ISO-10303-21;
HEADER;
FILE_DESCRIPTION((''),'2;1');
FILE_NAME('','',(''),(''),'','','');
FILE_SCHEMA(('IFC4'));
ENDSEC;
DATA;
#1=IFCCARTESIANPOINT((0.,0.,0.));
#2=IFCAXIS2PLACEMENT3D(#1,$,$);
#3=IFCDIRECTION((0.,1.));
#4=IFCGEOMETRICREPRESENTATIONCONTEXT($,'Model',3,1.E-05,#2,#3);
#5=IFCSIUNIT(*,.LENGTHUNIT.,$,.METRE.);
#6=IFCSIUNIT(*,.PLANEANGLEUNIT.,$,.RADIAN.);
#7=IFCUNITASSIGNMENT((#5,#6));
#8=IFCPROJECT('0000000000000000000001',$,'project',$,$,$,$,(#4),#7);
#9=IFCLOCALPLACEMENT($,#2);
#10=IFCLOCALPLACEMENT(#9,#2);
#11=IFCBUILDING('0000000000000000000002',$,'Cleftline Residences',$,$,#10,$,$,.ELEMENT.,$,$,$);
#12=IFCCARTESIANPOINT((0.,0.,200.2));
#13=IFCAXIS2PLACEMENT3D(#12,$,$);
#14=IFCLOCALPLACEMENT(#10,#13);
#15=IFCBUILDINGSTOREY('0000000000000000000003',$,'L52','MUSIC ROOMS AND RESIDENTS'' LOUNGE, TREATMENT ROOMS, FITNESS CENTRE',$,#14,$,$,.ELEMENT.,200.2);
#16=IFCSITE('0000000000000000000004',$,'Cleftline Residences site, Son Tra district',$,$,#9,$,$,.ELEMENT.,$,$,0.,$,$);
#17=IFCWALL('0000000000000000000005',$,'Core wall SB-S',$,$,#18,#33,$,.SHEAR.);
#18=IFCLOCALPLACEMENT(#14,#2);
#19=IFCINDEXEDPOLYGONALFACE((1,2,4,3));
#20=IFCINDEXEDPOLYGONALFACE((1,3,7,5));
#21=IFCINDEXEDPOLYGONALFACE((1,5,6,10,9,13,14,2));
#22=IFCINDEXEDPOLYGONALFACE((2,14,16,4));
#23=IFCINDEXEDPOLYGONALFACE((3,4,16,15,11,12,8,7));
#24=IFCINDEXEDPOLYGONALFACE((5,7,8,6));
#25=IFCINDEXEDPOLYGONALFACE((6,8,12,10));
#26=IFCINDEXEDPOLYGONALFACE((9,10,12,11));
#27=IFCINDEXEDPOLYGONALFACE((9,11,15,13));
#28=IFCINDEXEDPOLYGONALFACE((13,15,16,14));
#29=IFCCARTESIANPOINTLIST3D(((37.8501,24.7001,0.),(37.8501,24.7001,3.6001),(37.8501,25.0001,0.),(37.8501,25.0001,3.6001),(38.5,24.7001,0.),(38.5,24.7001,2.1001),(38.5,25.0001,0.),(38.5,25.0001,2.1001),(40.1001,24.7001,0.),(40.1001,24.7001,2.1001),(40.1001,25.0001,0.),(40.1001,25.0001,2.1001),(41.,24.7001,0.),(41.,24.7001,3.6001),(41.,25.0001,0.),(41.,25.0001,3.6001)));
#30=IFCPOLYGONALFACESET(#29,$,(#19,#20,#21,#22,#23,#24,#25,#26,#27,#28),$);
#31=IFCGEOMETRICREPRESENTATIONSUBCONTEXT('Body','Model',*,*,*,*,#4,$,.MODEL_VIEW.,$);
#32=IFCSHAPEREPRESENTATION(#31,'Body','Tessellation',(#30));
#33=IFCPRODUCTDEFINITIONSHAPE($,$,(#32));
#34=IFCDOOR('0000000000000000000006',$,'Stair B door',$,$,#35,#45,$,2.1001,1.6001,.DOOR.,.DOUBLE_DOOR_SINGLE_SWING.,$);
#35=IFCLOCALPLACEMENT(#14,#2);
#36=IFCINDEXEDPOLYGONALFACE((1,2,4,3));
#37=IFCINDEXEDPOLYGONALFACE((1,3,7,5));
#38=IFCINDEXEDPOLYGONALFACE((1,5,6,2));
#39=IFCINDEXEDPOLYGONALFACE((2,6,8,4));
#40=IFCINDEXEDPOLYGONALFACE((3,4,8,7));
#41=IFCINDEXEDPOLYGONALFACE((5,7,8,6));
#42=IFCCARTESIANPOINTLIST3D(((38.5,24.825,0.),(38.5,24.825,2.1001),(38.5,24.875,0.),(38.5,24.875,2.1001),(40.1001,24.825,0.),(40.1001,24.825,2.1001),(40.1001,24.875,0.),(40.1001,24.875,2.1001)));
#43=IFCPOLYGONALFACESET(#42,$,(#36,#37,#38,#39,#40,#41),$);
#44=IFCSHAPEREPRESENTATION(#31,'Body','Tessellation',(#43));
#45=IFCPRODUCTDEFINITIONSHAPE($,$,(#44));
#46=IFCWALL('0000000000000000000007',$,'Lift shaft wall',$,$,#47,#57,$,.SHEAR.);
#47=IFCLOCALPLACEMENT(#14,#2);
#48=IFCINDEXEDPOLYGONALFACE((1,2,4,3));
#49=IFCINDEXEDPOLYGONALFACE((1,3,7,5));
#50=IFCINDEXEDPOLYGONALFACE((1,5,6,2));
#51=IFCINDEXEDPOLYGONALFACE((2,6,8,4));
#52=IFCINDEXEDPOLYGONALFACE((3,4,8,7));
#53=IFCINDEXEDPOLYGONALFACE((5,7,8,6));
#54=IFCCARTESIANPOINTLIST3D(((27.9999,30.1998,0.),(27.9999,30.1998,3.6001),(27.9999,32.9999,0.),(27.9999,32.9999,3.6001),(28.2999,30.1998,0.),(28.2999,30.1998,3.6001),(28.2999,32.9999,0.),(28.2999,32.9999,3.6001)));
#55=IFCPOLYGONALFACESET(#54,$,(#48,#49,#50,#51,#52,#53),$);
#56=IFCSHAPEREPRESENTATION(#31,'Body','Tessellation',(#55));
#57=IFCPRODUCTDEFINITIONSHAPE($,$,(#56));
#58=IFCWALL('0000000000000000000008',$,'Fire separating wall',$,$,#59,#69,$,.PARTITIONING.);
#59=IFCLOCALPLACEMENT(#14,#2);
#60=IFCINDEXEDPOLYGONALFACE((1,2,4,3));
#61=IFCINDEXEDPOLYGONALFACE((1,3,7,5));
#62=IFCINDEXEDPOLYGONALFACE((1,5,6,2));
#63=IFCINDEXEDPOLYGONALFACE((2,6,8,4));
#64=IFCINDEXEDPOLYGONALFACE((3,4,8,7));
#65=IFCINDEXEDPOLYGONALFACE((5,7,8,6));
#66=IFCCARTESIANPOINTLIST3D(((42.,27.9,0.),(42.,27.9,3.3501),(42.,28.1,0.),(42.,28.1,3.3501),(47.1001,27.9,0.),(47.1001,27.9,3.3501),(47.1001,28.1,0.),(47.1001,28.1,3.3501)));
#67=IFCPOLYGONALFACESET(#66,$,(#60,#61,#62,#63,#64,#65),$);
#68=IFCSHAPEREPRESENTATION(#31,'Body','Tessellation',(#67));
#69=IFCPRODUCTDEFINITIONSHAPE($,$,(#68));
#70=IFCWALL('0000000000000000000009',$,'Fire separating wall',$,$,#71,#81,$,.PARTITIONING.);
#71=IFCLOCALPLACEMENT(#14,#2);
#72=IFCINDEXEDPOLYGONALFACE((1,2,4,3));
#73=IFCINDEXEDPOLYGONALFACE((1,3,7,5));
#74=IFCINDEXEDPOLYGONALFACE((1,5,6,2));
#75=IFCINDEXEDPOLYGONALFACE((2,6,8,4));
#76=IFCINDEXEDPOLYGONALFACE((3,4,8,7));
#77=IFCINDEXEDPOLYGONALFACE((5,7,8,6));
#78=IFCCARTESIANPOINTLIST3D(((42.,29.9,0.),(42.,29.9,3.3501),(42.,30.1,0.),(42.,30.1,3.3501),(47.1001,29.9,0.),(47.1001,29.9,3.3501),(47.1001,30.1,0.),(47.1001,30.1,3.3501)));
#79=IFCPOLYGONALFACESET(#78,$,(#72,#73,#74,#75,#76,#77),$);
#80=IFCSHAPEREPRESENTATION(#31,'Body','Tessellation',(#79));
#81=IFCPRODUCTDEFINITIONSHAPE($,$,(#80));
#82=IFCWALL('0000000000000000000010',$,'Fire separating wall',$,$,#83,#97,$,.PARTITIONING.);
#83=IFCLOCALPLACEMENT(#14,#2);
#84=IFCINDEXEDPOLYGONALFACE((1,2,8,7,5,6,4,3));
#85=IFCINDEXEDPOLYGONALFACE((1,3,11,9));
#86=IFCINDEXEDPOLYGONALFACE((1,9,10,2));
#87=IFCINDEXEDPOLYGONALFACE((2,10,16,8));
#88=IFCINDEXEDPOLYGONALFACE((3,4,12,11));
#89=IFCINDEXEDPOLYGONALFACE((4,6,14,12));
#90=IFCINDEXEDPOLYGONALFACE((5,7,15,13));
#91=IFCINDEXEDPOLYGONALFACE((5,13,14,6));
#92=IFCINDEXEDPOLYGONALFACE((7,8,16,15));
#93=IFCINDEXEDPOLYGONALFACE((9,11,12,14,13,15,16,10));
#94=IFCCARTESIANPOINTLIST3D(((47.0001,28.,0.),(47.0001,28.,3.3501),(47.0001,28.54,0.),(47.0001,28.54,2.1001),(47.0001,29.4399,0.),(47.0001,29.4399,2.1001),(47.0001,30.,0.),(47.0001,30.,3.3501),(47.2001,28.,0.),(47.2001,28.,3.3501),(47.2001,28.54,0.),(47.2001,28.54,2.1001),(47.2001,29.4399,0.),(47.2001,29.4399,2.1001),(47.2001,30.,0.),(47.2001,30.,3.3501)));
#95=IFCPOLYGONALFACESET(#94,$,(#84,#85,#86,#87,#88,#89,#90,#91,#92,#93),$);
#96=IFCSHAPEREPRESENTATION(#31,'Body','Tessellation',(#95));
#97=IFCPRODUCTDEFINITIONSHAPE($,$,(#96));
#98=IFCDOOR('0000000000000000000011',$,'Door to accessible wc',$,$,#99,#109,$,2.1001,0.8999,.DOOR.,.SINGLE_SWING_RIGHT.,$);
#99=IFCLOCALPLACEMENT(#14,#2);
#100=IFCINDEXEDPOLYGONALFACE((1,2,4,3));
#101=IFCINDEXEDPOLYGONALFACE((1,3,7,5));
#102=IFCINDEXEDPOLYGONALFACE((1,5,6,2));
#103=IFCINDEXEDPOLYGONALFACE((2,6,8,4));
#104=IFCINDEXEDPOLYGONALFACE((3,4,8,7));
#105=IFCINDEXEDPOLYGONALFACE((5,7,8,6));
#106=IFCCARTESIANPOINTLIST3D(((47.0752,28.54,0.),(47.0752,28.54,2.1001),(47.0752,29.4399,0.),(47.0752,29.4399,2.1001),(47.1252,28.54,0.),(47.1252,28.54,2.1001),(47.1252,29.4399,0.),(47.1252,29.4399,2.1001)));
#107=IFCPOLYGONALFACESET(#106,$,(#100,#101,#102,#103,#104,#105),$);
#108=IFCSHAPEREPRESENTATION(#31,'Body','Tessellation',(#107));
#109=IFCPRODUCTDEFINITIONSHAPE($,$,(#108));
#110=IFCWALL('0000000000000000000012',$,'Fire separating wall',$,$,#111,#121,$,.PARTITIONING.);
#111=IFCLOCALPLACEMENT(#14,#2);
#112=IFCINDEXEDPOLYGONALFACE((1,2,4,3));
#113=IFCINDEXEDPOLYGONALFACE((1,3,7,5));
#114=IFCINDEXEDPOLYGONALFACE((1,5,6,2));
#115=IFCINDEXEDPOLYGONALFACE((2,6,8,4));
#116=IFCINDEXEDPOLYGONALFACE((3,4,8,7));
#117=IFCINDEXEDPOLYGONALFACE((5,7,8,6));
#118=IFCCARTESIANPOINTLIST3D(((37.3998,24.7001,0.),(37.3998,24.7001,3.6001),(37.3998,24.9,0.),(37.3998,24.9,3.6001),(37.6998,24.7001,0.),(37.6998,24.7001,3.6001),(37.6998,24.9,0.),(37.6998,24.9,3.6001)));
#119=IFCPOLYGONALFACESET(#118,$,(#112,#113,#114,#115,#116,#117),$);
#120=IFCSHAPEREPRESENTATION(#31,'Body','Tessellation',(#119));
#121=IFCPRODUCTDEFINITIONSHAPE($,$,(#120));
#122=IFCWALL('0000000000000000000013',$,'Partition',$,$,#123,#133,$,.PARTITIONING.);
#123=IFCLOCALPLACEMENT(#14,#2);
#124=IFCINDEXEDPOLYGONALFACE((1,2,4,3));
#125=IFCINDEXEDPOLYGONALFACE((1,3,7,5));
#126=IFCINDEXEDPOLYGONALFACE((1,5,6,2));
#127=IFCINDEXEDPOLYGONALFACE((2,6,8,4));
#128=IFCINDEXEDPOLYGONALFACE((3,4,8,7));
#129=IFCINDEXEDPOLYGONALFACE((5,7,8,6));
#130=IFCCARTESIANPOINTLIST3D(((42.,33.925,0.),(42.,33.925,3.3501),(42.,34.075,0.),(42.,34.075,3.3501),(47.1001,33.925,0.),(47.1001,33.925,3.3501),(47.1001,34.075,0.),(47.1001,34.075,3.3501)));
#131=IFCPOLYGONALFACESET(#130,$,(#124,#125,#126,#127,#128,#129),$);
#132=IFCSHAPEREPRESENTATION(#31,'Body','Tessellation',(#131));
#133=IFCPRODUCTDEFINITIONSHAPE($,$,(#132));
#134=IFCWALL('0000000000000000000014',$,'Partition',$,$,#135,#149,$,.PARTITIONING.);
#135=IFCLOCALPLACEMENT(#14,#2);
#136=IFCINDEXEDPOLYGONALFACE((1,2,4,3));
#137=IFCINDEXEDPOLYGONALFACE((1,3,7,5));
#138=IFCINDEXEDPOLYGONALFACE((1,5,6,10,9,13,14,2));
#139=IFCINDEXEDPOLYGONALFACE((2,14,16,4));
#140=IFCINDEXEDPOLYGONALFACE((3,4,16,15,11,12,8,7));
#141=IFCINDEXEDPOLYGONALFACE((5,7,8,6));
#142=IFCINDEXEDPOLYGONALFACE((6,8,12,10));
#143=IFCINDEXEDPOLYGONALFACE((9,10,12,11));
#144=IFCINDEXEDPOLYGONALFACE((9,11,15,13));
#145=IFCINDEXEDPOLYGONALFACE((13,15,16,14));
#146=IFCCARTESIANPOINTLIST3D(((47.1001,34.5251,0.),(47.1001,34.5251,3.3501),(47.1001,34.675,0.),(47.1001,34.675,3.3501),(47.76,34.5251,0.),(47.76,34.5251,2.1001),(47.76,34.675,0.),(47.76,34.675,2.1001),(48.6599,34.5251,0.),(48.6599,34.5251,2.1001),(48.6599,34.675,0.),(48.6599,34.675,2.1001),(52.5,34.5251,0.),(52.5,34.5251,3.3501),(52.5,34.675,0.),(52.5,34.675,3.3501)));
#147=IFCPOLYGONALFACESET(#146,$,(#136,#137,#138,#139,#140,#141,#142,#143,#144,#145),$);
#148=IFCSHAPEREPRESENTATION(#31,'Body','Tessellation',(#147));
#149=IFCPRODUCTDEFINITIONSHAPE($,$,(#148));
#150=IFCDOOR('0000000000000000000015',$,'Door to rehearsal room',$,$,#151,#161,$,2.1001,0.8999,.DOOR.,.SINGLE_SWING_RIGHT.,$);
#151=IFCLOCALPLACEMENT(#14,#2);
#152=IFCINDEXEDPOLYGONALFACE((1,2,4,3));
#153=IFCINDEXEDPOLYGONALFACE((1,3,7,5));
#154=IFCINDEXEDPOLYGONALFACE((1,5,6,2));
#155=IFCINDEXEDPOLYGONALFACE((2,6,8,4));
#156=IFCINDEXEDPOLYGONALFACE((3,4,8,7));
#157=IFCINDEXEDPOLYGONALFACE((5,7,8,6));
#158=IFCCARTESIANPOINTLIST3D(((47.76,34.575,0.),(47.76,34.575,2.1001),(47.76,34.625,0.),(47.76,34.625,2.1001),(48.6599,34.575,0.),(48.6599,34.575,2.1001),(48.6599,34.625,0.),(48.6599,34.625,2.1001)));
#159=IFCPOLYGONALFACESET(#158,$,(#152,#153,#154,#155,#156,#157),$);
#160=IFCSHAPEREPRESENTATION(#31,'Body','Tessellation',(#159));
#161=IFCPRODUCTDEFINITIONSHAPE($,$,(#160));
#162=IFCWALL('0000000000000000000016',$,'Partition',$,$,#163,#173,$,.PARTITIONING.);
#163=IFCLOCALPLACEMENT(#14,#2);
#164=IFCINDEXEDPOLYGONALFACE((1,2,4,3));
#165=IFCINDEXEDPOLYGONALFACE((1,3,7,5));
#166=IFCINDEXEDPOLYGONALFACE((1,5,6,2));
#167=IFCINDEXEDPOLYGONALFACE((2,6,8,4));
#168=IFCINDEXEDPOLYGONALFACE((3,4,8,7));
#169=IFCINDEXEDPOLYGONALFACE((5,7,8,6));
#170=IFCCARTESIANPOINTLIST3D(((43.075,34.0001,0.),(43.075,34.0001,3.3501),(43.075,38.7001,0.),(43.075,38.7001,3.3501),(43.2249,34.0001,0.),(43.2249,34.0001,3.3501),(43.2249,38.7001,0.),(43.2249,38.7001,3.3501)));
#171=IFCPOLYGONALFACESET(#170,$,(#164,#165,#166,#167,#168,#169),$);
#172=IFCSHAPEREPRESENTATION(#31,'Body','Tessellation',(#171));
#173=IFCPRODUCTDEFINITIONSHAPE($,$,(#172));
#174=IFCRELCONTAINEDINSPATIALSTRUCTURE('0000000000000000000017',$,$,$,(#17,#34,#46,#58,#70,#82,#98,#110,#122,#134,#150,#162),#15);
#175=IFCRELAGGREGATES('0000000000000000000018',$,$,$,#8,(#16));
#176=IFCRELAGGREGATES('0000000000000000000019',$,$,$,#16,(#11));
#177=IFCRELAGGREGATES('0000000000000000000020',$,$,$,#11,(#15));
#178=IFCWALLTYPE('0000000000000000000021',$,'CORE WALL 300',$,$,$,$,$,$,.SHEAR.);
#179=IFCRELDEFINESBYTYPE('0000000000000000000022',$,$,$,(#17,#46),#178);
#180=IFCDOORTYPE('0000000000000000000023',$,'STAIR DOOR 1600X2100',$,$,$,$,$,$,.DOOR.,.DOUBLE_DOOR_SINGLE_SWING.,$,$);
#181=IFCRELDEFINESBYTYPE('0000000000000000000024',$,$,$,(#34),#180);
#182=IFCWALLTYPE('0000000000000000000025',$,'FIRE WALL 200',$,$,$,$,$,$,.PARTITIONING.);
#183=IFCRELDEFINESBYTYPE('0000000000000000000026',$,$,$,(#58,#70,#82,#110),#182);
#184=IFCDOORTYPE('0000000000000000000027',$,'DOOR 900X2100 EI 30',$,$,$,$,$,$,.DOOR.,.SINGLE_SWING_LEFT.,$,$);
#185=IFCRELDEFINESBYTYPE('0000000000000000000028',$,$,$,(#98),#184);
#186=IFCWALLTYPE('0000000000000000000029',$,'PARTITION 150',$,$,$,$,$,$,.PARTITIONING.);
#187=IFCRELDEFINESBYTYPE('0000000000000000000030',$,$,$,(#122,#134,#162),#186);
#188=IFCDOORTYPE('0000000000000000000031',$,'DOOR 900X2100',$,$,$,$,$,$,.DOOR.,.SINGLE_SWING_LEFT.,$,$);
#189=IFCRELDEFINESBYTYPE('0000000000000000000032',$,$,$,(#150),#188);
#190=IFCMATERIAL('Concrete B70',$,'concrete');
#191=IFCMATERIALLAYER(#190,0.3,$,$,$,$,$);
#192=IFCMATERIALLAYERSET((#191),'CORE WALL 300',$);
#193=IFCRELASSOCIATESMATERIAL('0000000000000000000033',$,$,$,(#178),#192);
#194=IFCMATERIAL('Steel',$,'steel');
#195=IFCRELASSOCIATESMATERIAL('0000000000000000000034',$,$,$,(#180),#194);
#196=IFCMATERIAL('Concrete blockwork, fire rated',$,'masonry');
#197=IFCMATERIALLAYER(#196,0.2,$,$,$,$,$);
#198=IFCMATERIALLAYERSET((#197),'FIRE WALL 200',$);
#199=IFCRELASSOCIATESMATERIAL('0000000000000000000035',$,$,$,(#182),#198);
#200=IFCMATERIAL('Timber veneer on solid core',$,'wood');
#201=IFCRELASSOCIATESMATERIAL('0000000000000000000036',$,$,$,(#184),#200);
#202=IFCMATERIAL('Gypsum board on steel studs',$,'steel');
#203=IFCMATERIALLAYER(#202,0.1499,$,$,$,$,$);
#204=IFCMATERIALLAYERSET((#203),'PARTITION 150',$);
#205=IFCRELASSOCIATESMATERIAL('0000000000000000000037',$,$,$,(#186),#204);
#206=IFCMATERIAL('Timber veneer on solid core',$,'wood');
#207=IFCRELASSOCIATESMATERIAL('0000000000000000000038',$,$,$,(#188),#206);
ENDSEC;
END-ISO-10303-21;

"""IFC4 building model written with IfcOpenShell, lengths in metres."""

from ifc_helpers import new_model, si_unit, direction, frame, frame_2d, origin, place, context, subcontext, project, spatial, rectangle, extrude, material, layer, layer_set, type_object, element, fill, save


model = new_model("IFC4")

# Units and contexts
model_context = context("Model", 3, precision=1e-05, world=origin(), true_north=direction((0.0, 1.0)))
body_context = subcontext(model_context, "Body", "Model", "MODEL_VIEW")
ifc_project = project(units=[si_unit("LENGTHUNIT", "METRE"), si_unit("PLANEANGLEUNIT", "RADIAN")], contexts=[model_context])

# Site, building, storey
site_placement = place(None, origin())
site = spatial("IfcSite", under=ifc_project, at=site_placement, Name="Cleftline Residences site, Son Tra district", CompositionType="ELEMENT", RefElevation=0.0)
building_placement = place(site_placement, origin())
building = spatial("IfcBuilding", under=site, at=building_placement, Name="Cleftline Residences", CompositionType="ELEMENT")
storey_placement = place(building_placement, frame((0.0, 0.0, 200.2)))
storey = spatial("IfcBuildingStorey", under=building, at=storey_placement, Name="L52", Description="MUSIC ROOMS AND RESIDENTS' LOUNGE, TREATMENT ROOMS, FITNESS CENTRE", CompositionType="ELEMENT", Elevation=200.2)

# Shared definitions
ifc_material_1 = material(Name="Concrete B70", Category="concrete")
ifc_layer_1 = layer(ifc_material_1, 0.3)
ifc_layer_set_1 = layer_set([ifc_layer_1], Name="CORE WALL 300")
wall_type_1 = type_object("IfcWallType", Name="CORE WALL 300", PredefinedType="SHEAR", material=ifc_layer_set_1)

# Wall, opening, door
wall_1_placement = place(storey_placement, frame((37.8501, 24.8501, 0.0), z_axis=(0.0, 0.0, 1.0), x_axis=(1.0, 0.0, 0.0)))
wall_1 = element("IfcWall", 1, at=wall_1_placement, inside=storey, type_object=wall_type_1, Name="Core wall SB-S", PredefinedType="SHEAR", context=body_context, shape_type="SweptSolid", body=[
    extrude(rectangle(XDim=3.1499, YDim=0.3, at=frame_2d((1.575, 0.0))), origin(), (0.0, 0.0, 1.0), 3.6001),
])
opening_1_placement = place(wall_1_placement, frame((0.6499, 0.0, 0.0)))
opening_1 = element("IfcOpeningElement", 2, at=opening_1_placement, cuts=wall_1, PredefinedType="OPENING", context=body_context, shape_type="SweptSolid", body=[
    extrude(rectangle(XDim=1.6001, YDim=2.1001, at=frame_2d((0.8, 1.05))), frame((0.0, 0.1599, 0.0), z_axis=(0.0, -1.0, 0.0), x_axis=(1.0, 0.0, 0.0)), (0.0, 0.0, 1.0), 0.3201),
])
ifc_material_2 = material(Name="Steel", Category="steel")
door_type_1 = type_object("IfcDoorType", Name="STAIR DOOR 1600X2100", OperationType="DOUBLE_DOOR_SINGLE_SWING", PredefinedType="DOOR", material=ifc_material_2)
door_1_placement = place(opening_1_placement, origin())
door_1 = element("IfcDoor", 3, at=door_1_placement, inside=storey, type_object=door_type_1, Name="Stair B door", OperationType="DOUBLE_DOOR_SINGLE_SWING", OverallHeight=2.1001, OverallWidth=1.6001, PredefinedType="DOOR", context=body_context, shape_type="SweptSolid", body=[
    extrude(rectangle(XDim=1.6001, YDim=2.1001, at=frame_2d((0.8, 1.05))), frame((0.0, 0.0249, 0.0), z_axis=(0.0, -1.0, 0.0), x_axis=(1.0, 0.0, 0.0)), (0.0, 0.0, 1.0), 0.05),
])
fill(opening_1, door_1)

# Walls
wall_2_placement = place(storey_placement, frame((28.1499, 30.2, 0.0), z_axis=(0.0, 0.0, 1.0), x_axis=(0.0, 1.0, 0.0)))
element("IfcWall", 4, at=wall_2_placement, inside=storey, type_object=wall_type_1, Name="Lift shaft wall", PredefinedType="SHEAR", context=body_context, shape_type="SweptSolid", body=[
    extrude(rectangle(XDim=2.8, YDim=0.3, at=frame_2d((1.3999, 0.0))), origin(), (0.0, 0.0, 1.0), 3.6001),
])
ifc_material_3 = material(Name="Concrete blockwork, fire rated", Category="masonry")
ifc_layer_2 = layer(ifc_material_3, 0.2)
ifc_layer_set_2 = layer_set([ifc_layer_2], Name="FIRE WALL 200")
wall_type_2 = type_object("IfcWallType", Name="FIRE WALL 200", PredefinedType="PARTITIONING", material=ifc_layer_set_2)
for number, where, z_axis, x_axis, name in (
    (5, (42.0, 28.0, 0.0), (0.0, 0.0, 1.0), (1.0, 0.0, 0.0), "Fire separating wall"),
    (6, (42.0, 30.0, 0.0), (0.0, 0.0, 1.0), (1.0, 0.0, 0.0), "Fire separating wall"),
):
    element("IfcWall", number, at=place(storey_placement, frame(where, z_axis=z_axis, x_axis=x_axis)), inside=storey, type_object=wall_type_2, Name=name, PredefinedType="PARTITIONING", context=body_context, shape_type="SweptSolid", body=[
        extrude(rectangle(XDim=5.1001, YDim=0.2, at=frame_2d((2.55, 0.0))), origin(), (0.0, 0.0, 1.0), 3.3501),
    ])

# Wall, opening, door
wall_3_placement = place(storey_placement, frame((47.1001, 28.0, 0.0), z_axis=(0.0, 0.0, 1.0), x_axis=(0.0, 1.0, 0.0)))
wall_3 = element("IfcWall", 7, at=wall_3_placement, inside=storey, type_object=wall_type_2, Name="Fire separating wall", PredefinedType="PARTITIONING", context=body_context, shape_type="SweptSolid", body=[
    extrude(rectangle(XDim=2.0, YDim=0.2, at=frame_2d((1.0, 0.0))), origin(), (0.0, 0.0, 1.0), 3.3501),
])
opening_2_placement = place(wall_3_placement, frame((0.54, 0.0, 0.0)))
opening_2 = element("IfcOpeningElement", 8, at=opening_2_placement, cuts=wall_3, PredefinedType="OPENING", context=body_context, shape_type="SweptSolid", body=[
    extrude(rectangle(XDim=0.8999, YDim=2.1001, at=frame_2d((0.45, 1.05))), frame((0.0, 0.1099, 0.0), z_axis=(0.0, -1.0, 0.0), x_axis=(1.0, 0.0, 0.0)), (0.0, 0.0, 1.0), 0.22),
])
ifc_material_4 = material(Name="Timber veneer on solid core", Category="wood")
door_type_2 = type_object("IfcDoorType", Name="DOOR 900X2100 EI 30", OperationType="SINGLE_SWING_LEFT", PredefinedType="DOOR", material=ifc_material_4)
door_2_placement = place(opening_2_placement, origin())
door_2 = element("IfcDoor", 9, at=door_2_placement, inside=storey, type_object=door_type_2, Name="Door to accessible wc", OperationType="SINGLE_SWING_RIGHT", OverallHeight=2.1001, OverallWidth=0.8999, PredefinedType="DOOR", context=body_context, shape_type="SweptSolid", body=[
    extrude(rectangle(XDim=0.8999, YDim=2.1001, at=frame_2d((0.45, 1.05))), frame((0.0, 0.0249, 0.0), z_axis=(0.0, -1.0, 0.0), x_axis=(1.0, 0.0, 0.0)), (0.0, 0.0, 1.0), 0.05),
])
fill(opening_2, door_2)

# Walls
wall_4_placement = place(storey_placement, frame((37.3999, 24.8, 0.0), z_axis=(0.0, 0.0, 1.0), x_axis=(1.0, 0.0, 0.0)))
element("IfcWall", 10, at=wall_4_placement, inside=storey, type_object=wall_type_2, Name="Fire separating wall", PredefinedType="PARTITIONING", context=body_context, shape_type="SweptSolid", body=[
    extrude(rectangle(XDim=0.3, YDim=0.2, at=frame_2d((0.1499, 0.0))), origin(), (0.0, 0.0, 1.0), 3.6001),
])
ifc_material_5 = material(Name="Gypsum board on steel studs", Category="steel")
ifc_layer_3 = layer(ifc_material_5, 0.1499)
ifc_layer_set_3 = layer_set([ifc_layer_3], Name="PARTITION 150")
wall_type_3 = type_object("IfcWallType", Name="PARTITION 150", PredefinedType="PARTITIONING", material=ifc_layer_set_3)
wall_5_placement = place(storey_placement, frame((42.0, 34.0, 0.0), z_axis=(0.0, 0.0, 1.0), x_axis=(1.0, 0.0, 0.0)))
element("IfcWall", 11, at=wall_5_placement, inside=storey, type_object=wall_type_3, Name="Partition", PredefinedType="PARTITIONING", context=body_context, shape_type="SweptSolid", body=[
    extrude(rectangle(XDim=5.1001, YDim=0.1499, at=frame_2d((2.55, 0.0))), origin(), (0.0, 0.0, 1.0), 3.3501),
])

# Wall, opening, door
wall_6_placement = place(storey_placement, frame((47.1001, 34.6001, 0.0), z_axis=(0.0, 0.0, 1.0), x_axis=(1.0, 0.0, 0.0)))
wall_6 = element("IfcWall", 12, at=wall_6_placement, inside=storey, type_object=wall_type_3, Name="Partition", PredefinedType="PARTITIONING", context=body_context, shape_type="SweptSolid", body=[
    extrude(rectangle(XDim=5.3999, YDim=0.1499, at=frame_2d((2.7, 0.0))), origin(), (0.0, 0.0, 1.0), 3.3501),
])
opening_3_placement = place(wall_6_placement, frame((0.6599, 0.0, 0.0)))
opening_3 = element("IfcOpeningElement", 13, at=opening_3_placement, cuts=wall_6, PredefinedType="OPENING", context=body_context, shape_type="SweptSolid", body=[
    extrude(rectangle(XDim=0.8999, YDim=2.1001, at=frame_2d((0.45, 1.05))), frame((0.0, 0.085, 0.0), z_axis=(0.0, -1.0, 0.0), x_axis=(1.0, 0.0, 0.0)), (0.0, 0.0, 1.0), 0.1699),
])
ifc_material_6 = material(Name="Timber veneer on solid core", Category="wood")
door_type_3 = type_object("IfcDoorType", Name="DOOR 900X2100", OperationType="SINGLE_SWING_LEFT", PredefinedType="DOOR", material=ifc_material_6)
door_3_placement = place(opening_3_placement, origin())
door_3 = element("IfcDoor", 14, at=door_3_placement, inside=storey, type_object=door_type_3, Name="Door to rehearsal room", OperationType="SINGLE_SWING_RIGHT", OverallHeight=2.1001, OverallWidth=0.8999, PredefinedType="DOOR", context=body_context, shape_type="SweptSolid", body=[
    extrude(rectangle(XDim=0.8999, YDim=2.1001, at=frame_2d((0.45, 1.05))), frame((0.0, 0.0249, 0.0), z_axis=(0.0, -1.0, 0.0), x_axis=(1.0, 0.0, 0.0)), (0.0, 0.0, 1.0), 0.05),
])
fill(opening_3, door_3)

# Wall
wall_7_placement = place(storey_placement, frame((43.1499, 34.0, 0.0), z_axis=(0.0, 0.0, 1.0), x_axis=(0.0, 1.0, 0.0)))
element("IfcWall", 15, at=wall_7_placement, inside=storey, type_object=wall_type_3, Name="Partition", PredefinedType="PARTITIONING", context=body_context, shape_type="SweptSolid", body=[
    extrude(rectangle(XDim=4.7, YDim=0.1499, at=frame_2d((2.3501, 0.0))), origin(), (0.0, 0.0, 1.0), 3.3501),
])

save(model, "model.ifc")
